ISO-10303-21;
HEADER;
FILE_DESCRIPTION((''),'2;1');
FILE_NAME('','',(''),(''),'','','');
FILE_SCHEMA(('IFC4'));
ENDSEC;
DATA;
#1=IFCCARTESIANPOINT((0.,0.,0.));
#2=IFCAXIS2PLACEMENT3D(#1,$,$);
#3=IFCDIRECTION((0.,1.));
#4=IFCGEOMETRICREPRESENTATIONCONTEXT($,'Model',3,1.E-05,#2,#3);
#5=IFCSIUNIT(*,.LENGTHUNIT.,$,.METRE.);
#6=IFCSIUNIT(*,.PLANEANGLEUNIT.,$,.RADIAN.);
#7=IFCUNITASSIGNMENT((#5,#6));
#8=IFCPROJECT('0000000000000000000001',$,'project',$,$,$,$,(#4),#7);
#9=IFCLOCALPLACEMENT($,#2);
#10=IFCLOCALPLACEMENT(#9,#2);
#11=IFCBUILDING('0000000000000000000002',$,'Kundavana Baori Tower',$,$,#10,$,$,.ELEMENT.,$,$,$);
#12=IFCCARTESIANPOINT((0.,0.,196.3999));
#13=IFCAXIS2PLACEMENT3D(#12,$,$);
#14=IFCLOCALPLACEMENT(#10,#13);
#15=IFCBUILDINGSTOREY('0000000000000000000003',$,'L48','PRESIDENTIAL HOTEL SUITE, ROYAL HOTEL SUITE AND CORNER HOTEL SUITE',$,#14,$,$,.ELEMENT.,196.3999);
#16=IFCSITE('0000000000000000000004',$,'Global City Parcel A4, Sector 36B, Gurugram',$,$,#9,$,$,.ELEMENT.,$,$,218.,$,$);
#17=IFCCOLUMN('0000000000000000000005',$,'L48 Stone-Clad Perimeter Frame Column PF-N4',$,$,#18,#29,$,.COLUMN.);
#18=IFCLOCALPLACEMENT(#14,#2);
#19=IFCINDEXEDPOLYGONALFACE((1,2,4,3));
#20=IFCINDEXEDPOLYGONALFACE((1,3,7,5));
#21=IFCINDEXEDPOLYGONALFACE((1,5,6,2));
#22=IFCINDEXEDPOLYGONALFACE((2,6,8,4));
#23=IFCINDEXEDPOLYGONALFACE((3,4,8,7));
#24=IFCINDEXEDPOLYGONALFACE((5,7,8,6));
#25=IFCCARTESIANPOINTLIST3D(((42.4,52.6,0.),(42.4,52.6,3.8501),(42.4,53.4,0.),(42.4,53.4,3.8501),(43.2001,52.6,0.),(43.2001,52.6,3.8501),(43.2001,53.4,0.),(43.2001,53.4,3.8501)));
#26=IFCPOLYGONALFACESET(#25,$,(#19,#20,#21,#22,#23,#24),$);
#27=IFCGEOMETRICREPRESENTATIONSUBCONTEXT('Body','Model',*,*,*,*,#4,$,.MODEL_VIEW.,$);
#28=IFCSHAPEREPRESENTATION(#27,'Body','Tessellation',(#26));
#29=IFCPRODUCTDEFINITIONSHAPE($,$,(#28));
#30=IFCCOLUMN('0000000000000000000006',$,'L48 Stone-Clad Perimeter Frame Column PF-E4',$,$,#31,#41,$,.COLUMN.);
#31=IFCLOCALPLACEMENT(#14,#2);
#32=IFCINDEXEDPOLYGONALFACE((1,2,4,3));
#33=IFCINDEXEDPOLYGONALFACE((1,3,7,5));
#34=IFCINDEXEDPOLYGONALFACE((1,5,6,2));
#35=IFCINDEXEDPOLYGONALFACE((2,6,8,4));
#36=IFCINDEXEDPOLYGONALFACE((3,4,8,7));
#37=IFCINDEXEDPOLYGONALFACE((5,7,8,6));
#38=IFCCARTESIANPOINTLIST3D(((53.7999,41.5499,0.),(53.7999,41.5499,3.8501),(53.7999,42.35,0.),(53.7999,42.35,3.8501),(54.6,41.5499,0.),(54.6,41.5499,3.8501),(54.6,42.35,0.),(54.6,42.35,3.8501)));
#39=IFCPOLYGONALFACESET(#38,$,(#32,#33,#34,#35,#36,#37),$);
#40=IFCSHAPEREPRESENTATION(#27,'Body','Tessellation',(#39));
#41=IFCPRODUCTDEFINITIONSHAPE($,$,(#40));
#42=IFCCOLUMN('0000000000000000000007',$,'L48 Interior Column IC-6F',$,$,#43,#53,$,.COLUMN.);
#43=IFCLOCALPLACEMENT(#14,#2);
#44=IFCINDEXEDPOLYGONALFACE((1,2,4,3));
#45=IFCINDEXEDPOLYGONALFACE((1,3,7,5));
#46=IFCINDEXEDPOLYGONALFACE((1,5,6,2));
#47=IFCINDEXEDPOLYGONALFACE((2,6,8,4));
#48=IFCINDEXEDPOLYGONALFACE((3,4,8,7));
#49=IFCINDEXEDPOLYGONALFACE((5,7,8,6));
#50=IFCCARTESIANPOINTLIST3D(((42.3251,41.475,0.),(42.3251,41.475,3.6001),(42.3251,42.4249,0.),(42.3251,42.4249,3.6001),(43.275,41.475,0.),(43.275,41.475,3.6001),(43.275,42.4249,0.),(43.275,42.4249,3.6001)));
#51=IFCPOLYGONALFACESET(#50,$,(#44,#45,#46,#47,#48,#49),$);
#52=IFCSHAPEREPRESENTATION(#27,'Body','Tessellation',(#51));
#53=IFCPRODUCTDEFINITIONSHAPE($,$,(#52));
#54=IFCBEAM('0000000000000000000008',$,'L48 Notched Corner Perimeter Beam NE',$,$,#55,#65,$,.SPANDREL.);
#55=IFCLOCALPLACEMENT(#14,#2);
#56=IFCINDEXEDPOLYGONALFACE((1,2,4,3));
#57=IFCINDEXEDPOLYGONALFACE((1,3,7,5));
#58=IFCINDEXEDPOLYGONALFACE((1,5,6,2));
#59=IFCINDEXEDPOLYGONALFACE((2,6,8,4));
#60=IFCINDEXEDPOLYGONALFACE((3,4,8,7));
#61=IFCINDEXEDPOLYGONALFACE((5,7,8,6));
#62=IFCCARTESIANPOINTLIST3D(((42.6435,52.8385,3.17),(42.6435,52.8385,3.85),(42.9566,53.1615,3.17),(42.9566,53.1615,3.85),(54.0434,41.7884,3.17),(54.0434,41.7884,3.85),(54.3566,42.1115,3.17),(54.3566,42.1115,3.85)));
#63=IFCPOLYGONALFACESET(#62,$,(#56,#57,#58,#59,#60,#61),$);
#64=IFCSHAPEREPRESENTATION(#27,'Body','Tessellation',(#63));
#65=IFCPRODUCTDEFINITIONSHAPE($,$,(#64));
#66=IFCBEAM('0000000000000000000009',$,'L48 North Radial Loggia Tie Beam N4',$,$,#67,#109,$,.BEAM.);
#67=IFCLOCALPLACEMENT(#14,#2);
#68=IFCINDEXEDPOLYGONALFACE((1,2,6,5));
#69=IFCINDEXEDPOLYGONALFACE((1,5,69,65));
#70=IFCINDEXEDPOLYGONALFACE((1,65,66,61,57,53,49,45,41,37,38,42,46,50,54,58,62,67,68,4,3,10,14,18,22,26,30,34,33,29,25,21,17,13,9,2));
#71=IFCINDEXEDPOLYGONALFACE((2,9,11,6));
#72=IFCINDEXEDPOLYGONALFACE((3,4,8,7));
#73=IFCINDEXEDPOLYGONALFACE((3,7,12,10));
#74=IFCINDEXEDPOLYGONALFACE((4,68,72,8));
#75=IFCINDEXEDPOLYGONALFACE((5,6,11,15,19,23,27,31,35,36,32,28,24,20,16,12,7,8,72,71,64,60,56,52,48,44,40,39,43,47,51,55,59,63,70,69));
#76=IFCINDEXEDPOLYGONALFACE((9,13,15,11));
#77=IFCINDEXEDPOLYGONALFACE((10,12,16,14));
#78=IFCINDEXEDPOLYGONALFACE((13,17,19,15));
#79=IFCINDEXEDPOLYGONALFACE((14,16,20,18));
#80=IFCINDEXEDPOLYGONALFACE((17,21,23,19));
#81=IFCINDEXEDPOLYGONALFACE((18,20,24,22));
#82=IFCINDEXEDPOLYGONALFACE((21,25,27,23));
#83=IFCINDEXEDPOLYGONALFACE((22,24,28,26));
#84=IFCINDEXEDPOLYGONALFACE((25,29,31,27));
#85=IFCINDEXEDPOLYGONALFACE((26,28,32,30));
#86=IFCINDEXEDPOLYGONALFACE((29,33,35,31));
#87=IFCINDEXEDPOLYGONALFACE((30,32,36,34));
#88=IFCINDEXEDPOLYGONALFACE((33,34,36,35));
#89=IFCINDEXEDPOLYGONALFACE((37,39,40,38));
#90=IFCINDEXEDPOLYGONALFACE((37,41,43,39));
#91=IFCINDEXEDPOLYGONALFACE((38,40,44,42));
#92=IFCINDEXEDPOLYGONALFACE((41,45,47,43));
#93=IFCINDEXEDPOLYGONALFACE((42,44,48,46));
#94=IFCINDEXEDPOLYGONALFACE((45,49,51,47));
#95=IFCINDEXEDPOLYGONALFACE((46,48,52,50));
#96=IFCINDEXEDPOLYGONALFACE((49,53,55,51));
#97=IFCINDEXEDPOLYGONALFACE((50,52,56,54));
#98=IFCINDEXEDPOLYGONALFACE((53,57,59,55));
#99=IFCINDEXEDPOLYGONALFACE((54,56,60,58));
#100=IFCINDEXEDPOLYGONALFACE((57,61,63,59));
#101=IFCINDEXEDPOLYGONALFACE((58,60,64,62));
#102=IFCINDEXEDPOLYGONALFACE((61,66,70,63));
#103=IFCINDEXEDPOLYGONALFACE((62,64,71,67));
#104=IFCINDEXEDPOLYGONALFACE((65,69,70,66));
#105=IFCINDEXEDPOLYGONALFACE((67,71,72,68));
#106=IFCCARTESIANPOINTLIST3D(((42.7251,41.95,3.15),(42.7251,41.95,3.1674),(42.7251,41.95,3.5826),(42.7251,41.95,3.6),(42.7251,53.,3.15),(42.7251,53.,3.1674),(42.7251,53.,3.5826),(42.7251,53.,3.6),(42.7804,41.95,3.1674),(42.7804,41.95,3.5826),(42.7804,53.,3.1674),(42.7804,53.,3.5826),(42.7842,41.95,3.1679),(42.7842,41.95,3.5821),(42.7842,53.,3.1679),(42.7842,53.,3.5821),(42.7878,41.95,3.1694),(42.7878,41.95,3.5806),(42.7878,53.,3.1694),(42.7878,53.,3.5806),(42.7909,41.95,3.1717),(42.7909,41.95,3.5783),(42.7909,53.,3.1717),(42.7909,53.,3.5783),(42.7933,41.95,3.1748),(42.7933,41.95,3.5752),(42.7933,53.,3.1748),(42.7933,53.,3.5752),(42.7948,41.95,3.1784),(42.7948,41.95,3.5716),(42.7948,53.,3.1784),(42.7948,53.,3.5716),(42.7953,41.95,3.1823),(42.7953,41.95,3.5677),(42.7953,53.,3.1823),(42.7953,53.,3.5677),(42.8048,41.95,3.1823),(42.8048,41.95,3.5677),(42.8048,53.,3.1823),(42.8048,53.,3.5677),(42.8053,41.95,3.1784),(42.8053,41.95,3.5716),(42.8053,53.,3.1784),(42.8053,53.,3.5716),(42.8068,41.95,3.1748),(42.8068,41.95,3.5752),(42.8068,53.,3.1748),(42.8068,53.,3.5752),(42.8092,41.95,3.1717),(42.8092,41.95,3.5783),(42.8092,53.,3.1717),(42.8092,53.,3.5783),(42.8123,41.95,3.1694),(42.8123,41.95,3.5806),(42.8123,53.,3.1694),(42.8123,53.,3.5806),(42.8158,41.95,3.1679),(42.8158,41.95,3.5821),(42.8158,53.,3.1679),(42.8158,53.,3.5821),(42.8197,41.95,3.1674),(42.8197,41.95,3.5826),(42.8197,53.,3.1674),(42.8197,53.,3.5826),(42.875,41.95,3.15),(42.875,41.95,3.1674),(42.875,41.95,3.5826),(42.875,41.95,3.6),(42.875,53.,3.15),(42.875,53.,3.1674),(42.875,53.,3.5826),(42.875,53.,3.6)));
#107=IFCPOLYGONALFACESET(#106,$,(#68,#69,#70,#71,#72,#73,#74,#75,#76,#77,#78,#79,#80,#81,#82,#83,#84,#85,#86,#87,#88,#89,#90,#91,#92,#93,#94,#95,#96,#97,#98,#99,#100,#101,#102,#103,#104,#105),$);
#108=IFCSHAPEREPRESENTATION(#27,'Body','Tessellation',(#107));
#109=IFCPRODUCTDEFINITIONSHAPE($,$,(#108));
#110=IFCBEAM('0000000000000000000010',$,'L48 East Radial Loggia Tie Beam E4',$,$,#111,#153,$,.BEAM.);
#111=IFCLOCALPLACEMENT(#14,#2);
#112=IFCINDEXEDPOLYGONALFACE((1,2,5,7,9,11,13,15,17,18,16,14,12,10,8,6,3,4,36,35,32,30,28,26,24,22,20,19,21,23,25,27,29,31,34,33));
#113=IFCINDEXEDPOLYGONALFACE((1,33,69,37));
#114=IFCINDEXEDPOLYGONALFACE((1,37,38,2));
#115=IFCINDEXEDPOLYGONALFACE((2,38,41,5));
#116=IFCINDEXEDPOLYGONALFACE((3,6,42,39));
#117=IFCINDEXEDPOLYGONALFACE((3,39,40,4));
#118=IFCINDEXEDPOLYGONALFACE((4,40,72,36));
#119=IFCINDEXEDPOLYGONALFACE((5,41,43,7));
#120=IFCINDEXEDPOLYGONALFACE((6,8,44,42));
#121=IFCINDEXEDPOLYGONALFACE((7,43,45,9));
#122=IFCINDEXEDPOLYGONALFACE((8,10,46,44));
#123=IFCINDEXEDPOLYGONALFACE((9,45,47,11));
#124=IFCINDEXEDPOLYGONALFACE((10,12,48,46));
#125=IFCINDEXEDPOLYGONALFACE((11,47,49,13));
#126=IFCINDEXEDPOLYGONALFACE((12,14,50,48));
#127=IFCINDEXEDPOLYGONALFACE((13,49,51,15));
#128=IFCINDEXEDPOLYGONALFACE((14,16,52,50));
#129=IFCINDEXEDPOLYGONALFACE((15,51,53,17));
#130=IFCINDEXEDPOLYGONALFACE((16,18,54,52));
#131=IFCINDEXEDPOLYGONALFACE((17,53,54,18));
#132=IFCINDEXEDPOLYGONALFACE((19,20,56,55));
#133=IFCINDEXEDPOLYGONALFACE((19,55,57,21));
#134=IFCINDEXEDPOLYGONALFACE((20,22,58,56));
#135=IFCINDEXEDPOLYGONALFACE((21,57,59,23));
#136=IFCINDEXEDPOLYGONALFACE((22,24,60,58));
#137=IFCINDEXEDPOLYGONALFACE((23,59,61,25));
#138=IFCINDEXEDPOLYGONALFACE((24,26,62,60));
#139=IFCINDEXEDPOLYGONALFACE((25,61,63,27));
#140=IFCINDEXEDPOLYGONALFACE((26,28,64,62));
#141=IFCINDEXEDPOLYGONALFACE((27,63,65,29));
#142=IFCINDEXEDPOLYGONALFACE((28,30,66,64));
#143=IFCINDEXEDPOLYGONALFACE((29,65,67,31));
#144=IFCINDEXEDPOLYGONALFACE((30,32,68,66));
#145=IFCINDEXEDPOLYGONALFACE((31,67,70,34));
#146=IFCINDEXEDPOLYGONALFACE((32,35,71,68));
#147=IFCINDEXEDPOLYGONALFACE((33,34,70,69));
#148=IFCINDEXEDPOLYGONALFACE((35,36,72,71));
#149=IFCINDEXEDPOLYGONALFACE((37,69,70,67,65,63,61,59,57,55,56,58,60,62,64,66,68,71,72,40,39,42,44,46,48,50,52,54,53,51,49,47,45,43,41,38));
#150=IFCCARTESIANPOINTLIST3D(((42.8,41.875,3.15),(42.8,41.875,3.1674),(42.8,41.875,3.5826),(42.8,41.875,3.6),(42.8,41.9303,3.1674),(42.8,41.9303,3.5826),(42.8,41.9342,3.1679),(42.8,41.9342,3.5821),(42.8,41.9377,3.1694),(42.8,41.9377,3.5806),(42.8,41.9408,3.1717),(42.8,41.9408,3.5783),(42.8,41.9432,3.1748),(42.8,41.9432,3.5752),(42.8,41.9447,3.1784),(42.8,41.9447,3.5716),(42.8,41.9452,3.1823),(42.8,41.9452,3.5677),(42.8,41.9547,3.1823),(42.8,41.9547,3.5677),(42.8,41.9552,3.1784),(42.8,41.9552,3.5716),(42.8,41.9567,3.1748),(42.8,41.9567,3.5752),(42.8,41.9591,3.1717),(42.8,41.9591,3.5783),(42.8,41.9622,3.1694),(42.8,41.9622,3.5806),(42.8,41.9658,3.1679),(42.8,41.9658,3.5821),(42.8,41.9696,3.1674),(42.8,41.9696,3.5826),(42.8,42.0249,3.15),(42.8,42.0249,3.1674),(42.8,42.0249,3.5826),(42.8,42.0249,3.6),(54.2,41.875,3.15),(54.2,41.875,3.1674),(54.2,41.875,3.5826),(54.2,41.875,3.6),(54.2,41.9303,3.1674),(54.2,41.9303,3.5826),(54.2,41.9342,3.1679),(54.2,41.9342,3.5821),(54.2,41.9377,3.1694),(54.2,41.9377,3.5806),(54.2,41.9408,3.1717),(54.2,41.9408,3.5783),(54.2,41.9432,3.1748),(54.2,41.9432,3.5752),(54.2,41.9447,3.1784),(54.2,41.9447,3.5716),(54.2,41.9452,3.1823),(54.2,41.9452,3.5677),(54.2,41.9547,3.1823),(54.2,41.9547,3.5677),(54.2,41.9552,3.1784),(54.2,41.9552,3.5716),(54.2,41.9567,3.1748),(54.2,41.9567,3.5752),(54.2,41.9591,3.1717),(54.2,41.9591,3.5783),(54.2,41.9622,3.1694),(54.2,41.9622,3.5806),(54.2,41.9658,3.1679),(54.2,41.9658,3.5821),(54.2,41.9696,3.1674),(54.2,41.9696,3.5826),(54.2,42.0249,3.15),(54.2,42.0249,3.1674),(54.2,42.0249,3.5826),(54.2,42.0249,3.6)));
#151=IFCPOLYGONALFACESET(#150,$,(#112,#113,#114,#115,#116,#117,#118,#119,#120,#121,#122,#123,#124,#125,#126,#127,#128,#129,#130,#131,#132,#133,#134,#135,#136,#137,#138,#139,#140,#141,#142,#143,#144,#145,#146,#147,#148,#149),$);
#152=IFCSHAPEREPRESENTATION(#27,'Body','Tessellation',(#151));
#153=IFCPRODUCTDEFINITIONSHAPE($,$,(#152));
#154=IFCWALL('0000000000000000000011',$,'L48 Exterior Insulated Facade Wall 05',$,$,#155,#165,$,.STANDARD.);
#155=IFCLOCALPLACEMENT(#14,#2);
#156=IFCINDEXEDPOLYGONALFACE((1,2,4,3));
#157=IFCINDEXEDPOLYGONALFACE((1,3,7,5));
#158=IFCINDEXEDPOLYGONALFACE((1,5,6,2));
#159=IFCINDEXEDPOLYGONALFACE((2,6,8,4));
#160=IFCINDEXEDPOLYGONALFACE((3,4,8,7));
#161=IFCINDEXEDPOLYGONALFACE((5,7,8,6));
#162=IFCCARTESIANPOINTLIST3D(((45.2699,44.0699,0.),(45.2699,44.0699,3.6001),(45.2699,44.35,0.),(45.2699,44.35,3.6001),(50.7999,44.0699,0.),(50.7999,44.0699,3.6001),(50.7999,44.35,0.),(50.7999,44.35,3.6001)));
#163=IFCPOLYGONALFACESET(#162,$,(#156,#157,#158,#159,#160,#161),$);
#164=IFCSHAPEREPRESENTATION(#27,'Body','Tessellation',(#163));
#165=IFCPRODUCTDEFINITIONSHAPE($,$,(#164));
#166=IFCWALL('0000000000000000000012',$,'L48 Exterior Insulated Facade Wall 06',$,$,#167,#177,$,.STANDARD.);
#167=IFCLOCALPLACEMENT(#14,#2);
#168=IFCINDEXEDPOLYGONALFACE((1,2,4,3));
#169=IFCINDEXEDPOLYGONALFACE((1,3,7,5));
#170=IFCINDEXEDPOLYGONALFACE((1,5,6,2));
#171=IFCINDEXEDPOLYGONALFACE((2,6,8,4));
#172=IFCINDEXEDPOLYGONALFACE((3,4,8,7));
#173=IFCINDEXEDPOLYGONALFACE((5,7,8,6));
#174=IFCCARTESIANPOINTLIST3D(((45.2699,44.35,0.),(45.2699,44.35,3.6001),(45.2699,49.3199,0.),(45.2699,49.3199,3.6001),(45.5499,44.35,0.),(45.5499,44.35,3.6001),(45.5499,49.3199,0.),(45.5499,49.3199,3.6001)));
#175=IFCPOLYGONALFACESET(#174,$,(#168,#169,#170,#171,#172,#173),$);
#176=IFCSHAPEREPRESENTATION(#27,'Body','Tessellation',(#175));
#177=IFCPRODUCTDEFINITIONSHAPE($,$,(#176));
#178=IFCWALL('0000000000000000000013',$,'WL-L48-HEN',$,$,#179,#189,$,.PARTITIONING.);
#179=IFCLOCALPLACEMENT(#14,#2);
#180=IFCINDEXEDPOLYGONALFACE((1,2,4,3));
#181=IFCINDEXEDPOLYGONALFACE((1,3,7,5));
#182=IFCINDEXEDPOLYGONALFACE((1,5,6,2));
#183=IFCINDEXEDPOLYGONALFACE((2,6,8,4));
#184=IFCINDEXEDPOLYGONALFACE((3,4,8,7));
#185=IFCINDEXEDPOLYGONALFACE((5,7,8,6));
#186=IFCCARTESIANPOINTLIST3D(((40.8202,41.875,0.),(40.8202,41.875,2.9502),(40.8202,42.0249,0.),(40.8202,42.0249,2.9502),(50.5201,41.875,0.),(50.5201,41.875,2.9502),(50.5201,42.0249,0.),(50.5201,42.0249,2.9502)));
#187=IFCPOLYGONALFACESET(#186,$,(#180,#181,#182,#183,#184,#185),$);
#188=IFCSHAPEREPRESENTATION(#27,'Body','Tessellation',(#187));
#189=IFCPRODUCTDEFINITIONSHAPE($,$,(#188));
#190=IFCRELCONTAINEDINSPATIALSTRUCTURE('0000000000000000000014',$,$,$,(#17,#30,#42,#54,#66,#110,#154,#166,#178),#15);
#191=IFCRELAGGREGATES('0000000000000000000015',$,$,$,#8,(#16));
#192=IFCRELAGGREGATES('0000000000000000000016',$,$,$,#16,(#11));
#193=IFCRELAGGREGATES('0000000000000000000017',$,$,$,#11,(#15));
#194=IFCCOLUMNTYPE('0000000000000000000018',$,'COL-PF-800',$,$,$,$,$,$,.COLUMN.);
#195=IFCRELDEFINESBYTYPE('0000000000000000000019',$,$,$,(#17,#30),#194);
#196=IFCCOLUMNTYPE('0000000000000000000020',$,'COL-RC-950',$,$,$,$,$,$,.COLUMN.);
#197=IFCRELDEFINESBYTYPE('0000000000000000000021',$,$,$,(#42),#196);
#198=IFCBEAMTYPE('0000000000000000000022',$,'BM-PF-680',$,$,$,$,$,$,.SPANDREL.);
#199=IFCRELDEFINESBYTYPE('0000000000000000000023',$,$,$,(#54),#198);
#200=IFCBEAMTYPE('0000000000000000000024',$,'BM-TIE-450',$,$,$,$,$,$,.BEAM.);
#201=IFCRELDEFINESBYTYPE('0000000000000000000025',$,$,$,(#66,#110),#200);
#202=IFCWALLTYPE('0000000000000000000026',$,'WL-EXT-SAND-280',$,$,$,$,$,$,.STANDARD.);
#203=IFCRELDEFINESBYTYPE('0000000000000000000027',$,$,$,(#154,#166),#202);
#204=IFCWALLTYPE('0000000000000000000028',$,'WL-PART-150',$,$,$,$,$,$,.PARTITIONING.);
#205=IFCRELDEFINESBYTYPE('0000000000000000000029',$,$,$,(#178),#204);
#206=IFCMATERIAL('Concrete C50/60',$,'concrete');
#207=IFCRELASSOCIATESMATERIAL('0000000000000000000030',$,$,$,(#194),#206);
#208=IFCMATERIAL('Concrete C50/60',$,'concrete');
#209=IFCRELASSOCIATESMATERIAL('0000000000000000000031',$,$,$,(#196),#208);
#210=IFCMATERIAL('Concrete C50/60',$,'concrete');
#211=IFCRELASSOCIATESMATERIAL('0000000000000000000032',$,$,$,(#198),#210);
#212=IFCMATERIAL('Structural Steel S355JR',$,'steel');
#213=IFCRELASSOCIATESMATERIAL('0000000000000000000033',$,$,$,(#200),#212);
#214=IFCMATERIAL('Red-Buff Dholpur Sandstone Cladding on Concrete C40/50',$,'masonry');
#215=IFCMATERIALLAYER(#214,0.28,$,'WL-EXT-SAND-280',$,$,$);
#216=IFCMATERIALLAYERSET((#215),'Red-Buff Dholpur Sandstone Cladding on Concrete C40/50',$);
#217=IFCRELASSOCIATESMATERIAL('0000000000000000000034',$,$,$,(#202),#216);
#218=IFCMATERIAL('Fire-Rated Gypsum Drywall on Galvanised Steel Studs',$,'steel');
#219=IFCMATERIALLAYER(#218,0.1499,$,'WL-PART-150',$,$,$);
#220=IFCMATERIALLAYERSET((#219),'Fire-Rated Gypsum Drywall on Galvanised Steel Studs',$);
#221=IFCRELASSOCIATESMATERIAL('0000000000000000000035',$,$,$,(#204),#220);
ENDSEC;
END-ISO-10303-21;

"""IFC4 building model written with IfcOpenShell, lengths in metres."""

from ifc_helpers import new_model, si_unit, direction, frame, frame_2d, origin, origin_2d, place, context, subcontext, project, spatial, rectangle, i_section, extrude, material, layer, layer_set, material_profile, profile_set, type_object, element, save


model = new_model("IFC4")

# Units and contexts
model_context = context("Model", 3, precision=1e-05, world=origin(), true_north=direction((0.0, 1.0)))
body_context = subcontext(model_context, "Body", "Model", "MODEL_VIEW")
ifc_project = project(units=[si_unit("LENGTHUNIT", "METRE"), si_unit("PLANEANGLEUNIT", "RADIAN")], contexts=[model_context])

# Site, building, storey
site_placement = place(None, origin())
site = spatial("IfcSite", under=ifc_project, at=site_placement, Name="Global City Parcel A4, Sector 36B, Gurugram", CompositionType="ELEMENT", RefElevation=218.0)
building_placement = place(site_placement, origin())
building = spatial("IfcBuilding", under=site, at=building_placement, Name="Kundavana Baori Tower", CompositionType="ELEMENT")
storey_placement = place(building_placement, frame((0.0, 0.0, 196.3999)))
storey = spatial("IfcBuildingStorey", under=building, at=storey_placement, Name="L48", Description="PRESIDENTIAL HOTEL SUITE, ROYAL HOTEL SUITE AND CORNER HOTEL SUITE", CompositionType="ELEMENT", Elevation=196.3999)

# Columns
ifc_material_1 = material(Name="Concrete C50/60", Category="concrete")
ifc_material_profile_1 = material_profile(ifc_material_1, rectangle(XDim=0.8, YDim=0.8, at=origin_2d()), Name="RC PF 800x800")
ifc_profile_set_1 = profile_set([ifc_material_profile_1], Name="Concrete C50/60")
column_type_1 = type_object("IfcColumnType", Name="COL-PF-800", PredefinedType="COLUMN", material=ifc_profile_set_1)
for number, where, z_axis, x_axis, name in (
    (1, (42.8, 53.0, 0.0), (0.0, 0.0, 1.0), (1.0, 0.0, 0.0), "L48 Stone-Clad Perimeter Frame Column PF-N4"),
    (2, (54.2, 41.95, 0.0), (0.0, 0.0, 1.0), (1.0, 0.0, 0.0), "L48 Stone-Clad Perimeter Frame Column PF-E4"),
):
    element("IfcColumn", number, at=place(storey_placement, frame(where, z_axis=z_axis, x_axis=x_axis)), inside=storey, type_object=column_type_1, Name=name, PredefinedType="COLUMN", context=body_context, shape_type="SweptSolid", body=[
        extrude(rectangle(XDim=0.8, YDim=0.8, at=origin_2d()), origin(), (0.0, 0.0, 1.0), 3.8501),
    ])
ifc_material_2 = material(Name="Concrete C50/60", Category="concrete")
ifc_material_profile_2 = material_profile(ifc_material_2, rectangle(XDim=0.95, YDim=0.95, at=origin_2d()), Name="RC 950x950")
ifc_profile_set_2 = profile_set([ifc_material_profile_2], Name="Concrete C50/60")
column_type_2 = type_object("IfcColumnType", Name="COL-RC-950", PredefinedType="COLUMN", material=ifc_profile_set_2)
column_placement = place(storey_placement, frame((42.8, 41.95, 0.0), z_axis=(0.0, 0.0, 1.0), x_axis=(1.0, 0.0, 0.0)))
element("IfcColumn", 3, at=column_placement, inside=storey, type_object=column_type_2, Name="L48 Interior Column IC-6F", PredefinedType="COLUMN", context=body_context, shape_type="SweptSolid", body=[
    extrude(rectangle(XDim=0.95, YDim=0.95, at=origin_2d()), origin(), (0.0, 0.0, 1.0), 3.6001),
])

# Beams
ifc_material_3 = material(Name="Concrete C50/60", Category="concrete")
ifc_material_profile_3 = material_profile(ifc_material_3, rectangle(XDim=0.45, YDim=0.6799, at=origin_2d()), Name="RC BM 450x680")
ifc_profile_set_3 = profile_set([ifc_material_profile_3], Name="Concrete C50/60")
beam_type_1 = type_object("IfcBeamType", Name="BM-PF-680", PredefinedType="SPANDREL", material=ifc_profile_set_3)
beam_1_placement = place(storey_placement, frame((42.8, 53.0, 3.51), z_axis=(0.718039, -0.696003, 0.0), x_axis=(0.696003, 0.718039, 0.0)))
element("IfcBeam", 4, at=beam_1_placement, inside=storey, type_object=beam_type_1, Name="L48 Notched Corner Perimeter Beam NE", PredefinedType="SPANDREL", context=body_context, shape_type="SweptSolid", body=[
    extrude(rectangle(XDim=0.45, YDim=0.6799, at=origin_2d()), origin(), (0.0, 0.0, 1.0), 15.8765),
])
ifc_material_4 = material(Name="Structural Steel S355JR", Category="steel")
ifc_material_profile_4 = material_profile(ifc_material_4, i_section(OverallWidth=0.1499, OverallDepth=0.45, WebThickness=0.0095, FlangeThickness=0.0173, FilletRadius=0.0149, at=origin_2d()), Name="ISMB 450")
ifc_profile_set_4 = profile_set([ifc_material_profile_4], Name="Structural Steel S355JR")
beam_type_2 = type_object("IfcBeamType", Name="BM-TIE-450", PredefinedType="BEAM", material=ifc_profile_set_4)
beam_2_placement = place(storey_placement, frame((42.8, 41.95, 3.375), z_axis=(0.0, 1.0, 0.0), x_axis=(-1.0, 0.0, 0.0)))
element("IfcBeam", 5, at=beam_2_placement, inside=storey, type_object=beam_type_2, Name="L48 North Radial Loggia Tie Beam N4", PredefinedType="BEAM", context=body_context, shape_type="SweptSolid", body=[
    extrude(i_section(OverallWidth=0.1499, OverallDepth=0.45, WebThickness=0.0095, FlangeThickness=0.0173, FilletRadius=0.0149, at=origin_2d()), origin(), (0.0, 0.0, 1.0), 11.05),
])
beam_3_placement = place(storey_placement, frame((42.8, 41.95, 3.375), z_axis=(1.0, 0.0, 0.0), x_axis=(0.0, 1.0, 0.0)))
element("IfcBeam", 6, at=beam_3_placement, inside=storey, type_object=beam_type_2, Name="L48 East Radial Loggia Tie Beam E4", PredefinedType="BEAM", context=body_context, shape_type="SweptSolid", body=[
    extrude(i_section(OverallWidth=0.1499, OverallDepth=0.45, WebThickness=0.0095, FlangeThickness=0.0173, FilletRadius=0.0149, at=origin_2d()), origin(), (0.0, 0.0, 1.0), 11.3999),
])

# Walls
ifc_material_5 = material(Name="Red-Buff Dholpur Sandstone Cladding on Concrete C40/50", Category="masonry")
ifc_layer_1 = layer(ifc_material_5, 0.28, Name="WL-EXT-SAND-280")
ifc_layer_set_1 = layer_set([ifc_layer_1], Name="Red-Buff Dholpur Sandstone Cladding on Concrete C40/50")
wall_type_1 = type_object("IfcWallType", Name="WL-EXT-SAND-280", PredefinedType="STANDARD", material=ifc_layer_set_1)
wall_1_placement = place(storey_placement, frame((50.8, 44.21, 0.0), z_axis=(0.0, 0.0, 1.0), x_axis=(-1.0, 0.0, 0.0)))
element("IfcWall", 7, at=wall_1_placement, inside=storey, type_object=wall_type_1, Name="L48 Exterior Insulated Facade Wall 05", PredefinedType="STANDARD", context=body_context, shape_type="SweptSolid", body=[
    extrude(rectangle(XDim=5.53, YDim=0.28, at=frame_2d((2.7651, 0.0))), origin(), (0.0, 0.0, 1.0), 3.6001),
])
wall_2_placement = place(storey_placement, frame((45.4099, 44.3501, 0.0), z_axis=(0.0, 0.0, 1.0), x_axis=(0.0, 1.0, 0.0)))
element("IfcWall", 8, at=wall_2_placement, inside=storey, type_object=wall_type_1, Name="L48 Exterior Insulated Facade Wall 06", PredefinedType="STANDARD", context=body_context, shape_type="SweptSolid", body=[
    extrude(rectangle(XDim=4.97, YDim=0.28, at=frame_2d((2.4849, 0.0))), origin(), (0.0, 0.0, 1.0), 3.6001),
])

# Wall
ifc_material_6 = material(Name="Fire-Rated Gypsum Drywall on Galvanised Steel Studs", Category="steel")
ifc_layer_2 = layer(ifc_material_6, 0.1499, Name="WL-PART-150")
ifc_layer_set_2 = layer_set([ifc_layer_2], Name="Fire-Rated Gypsum Drywall on Galvanised Steel Studs")
wall_type_2 = type_object("IfcWallType", Name="WL-PART-150", PredefinedType="PARTITIONING", material=ifc_layer_set_2)
wall_3_placement = place(storey_placement, frame((40.8201, 41.95, 0.0), z_axis=(0.0, 0.0, 1.0), x_axis=(1.0, 0.0, 0.0)))
element("IfcWall", 9, at=wall_3_placement, inside=storey, type_object=wall_type_2, Name="WL-L48-HEN", PredefinedType="PARTITIONING", context=body_context, shape_type="SweptSolid", body=[
    extrude(rectangle(XDim=9.7, YDim=0.1499, at=frame_2d((4.8501, 0.0))), origin(), (0.0, 0.0, 1.0), 2.9502),
])

save(model, "model.ifc")
